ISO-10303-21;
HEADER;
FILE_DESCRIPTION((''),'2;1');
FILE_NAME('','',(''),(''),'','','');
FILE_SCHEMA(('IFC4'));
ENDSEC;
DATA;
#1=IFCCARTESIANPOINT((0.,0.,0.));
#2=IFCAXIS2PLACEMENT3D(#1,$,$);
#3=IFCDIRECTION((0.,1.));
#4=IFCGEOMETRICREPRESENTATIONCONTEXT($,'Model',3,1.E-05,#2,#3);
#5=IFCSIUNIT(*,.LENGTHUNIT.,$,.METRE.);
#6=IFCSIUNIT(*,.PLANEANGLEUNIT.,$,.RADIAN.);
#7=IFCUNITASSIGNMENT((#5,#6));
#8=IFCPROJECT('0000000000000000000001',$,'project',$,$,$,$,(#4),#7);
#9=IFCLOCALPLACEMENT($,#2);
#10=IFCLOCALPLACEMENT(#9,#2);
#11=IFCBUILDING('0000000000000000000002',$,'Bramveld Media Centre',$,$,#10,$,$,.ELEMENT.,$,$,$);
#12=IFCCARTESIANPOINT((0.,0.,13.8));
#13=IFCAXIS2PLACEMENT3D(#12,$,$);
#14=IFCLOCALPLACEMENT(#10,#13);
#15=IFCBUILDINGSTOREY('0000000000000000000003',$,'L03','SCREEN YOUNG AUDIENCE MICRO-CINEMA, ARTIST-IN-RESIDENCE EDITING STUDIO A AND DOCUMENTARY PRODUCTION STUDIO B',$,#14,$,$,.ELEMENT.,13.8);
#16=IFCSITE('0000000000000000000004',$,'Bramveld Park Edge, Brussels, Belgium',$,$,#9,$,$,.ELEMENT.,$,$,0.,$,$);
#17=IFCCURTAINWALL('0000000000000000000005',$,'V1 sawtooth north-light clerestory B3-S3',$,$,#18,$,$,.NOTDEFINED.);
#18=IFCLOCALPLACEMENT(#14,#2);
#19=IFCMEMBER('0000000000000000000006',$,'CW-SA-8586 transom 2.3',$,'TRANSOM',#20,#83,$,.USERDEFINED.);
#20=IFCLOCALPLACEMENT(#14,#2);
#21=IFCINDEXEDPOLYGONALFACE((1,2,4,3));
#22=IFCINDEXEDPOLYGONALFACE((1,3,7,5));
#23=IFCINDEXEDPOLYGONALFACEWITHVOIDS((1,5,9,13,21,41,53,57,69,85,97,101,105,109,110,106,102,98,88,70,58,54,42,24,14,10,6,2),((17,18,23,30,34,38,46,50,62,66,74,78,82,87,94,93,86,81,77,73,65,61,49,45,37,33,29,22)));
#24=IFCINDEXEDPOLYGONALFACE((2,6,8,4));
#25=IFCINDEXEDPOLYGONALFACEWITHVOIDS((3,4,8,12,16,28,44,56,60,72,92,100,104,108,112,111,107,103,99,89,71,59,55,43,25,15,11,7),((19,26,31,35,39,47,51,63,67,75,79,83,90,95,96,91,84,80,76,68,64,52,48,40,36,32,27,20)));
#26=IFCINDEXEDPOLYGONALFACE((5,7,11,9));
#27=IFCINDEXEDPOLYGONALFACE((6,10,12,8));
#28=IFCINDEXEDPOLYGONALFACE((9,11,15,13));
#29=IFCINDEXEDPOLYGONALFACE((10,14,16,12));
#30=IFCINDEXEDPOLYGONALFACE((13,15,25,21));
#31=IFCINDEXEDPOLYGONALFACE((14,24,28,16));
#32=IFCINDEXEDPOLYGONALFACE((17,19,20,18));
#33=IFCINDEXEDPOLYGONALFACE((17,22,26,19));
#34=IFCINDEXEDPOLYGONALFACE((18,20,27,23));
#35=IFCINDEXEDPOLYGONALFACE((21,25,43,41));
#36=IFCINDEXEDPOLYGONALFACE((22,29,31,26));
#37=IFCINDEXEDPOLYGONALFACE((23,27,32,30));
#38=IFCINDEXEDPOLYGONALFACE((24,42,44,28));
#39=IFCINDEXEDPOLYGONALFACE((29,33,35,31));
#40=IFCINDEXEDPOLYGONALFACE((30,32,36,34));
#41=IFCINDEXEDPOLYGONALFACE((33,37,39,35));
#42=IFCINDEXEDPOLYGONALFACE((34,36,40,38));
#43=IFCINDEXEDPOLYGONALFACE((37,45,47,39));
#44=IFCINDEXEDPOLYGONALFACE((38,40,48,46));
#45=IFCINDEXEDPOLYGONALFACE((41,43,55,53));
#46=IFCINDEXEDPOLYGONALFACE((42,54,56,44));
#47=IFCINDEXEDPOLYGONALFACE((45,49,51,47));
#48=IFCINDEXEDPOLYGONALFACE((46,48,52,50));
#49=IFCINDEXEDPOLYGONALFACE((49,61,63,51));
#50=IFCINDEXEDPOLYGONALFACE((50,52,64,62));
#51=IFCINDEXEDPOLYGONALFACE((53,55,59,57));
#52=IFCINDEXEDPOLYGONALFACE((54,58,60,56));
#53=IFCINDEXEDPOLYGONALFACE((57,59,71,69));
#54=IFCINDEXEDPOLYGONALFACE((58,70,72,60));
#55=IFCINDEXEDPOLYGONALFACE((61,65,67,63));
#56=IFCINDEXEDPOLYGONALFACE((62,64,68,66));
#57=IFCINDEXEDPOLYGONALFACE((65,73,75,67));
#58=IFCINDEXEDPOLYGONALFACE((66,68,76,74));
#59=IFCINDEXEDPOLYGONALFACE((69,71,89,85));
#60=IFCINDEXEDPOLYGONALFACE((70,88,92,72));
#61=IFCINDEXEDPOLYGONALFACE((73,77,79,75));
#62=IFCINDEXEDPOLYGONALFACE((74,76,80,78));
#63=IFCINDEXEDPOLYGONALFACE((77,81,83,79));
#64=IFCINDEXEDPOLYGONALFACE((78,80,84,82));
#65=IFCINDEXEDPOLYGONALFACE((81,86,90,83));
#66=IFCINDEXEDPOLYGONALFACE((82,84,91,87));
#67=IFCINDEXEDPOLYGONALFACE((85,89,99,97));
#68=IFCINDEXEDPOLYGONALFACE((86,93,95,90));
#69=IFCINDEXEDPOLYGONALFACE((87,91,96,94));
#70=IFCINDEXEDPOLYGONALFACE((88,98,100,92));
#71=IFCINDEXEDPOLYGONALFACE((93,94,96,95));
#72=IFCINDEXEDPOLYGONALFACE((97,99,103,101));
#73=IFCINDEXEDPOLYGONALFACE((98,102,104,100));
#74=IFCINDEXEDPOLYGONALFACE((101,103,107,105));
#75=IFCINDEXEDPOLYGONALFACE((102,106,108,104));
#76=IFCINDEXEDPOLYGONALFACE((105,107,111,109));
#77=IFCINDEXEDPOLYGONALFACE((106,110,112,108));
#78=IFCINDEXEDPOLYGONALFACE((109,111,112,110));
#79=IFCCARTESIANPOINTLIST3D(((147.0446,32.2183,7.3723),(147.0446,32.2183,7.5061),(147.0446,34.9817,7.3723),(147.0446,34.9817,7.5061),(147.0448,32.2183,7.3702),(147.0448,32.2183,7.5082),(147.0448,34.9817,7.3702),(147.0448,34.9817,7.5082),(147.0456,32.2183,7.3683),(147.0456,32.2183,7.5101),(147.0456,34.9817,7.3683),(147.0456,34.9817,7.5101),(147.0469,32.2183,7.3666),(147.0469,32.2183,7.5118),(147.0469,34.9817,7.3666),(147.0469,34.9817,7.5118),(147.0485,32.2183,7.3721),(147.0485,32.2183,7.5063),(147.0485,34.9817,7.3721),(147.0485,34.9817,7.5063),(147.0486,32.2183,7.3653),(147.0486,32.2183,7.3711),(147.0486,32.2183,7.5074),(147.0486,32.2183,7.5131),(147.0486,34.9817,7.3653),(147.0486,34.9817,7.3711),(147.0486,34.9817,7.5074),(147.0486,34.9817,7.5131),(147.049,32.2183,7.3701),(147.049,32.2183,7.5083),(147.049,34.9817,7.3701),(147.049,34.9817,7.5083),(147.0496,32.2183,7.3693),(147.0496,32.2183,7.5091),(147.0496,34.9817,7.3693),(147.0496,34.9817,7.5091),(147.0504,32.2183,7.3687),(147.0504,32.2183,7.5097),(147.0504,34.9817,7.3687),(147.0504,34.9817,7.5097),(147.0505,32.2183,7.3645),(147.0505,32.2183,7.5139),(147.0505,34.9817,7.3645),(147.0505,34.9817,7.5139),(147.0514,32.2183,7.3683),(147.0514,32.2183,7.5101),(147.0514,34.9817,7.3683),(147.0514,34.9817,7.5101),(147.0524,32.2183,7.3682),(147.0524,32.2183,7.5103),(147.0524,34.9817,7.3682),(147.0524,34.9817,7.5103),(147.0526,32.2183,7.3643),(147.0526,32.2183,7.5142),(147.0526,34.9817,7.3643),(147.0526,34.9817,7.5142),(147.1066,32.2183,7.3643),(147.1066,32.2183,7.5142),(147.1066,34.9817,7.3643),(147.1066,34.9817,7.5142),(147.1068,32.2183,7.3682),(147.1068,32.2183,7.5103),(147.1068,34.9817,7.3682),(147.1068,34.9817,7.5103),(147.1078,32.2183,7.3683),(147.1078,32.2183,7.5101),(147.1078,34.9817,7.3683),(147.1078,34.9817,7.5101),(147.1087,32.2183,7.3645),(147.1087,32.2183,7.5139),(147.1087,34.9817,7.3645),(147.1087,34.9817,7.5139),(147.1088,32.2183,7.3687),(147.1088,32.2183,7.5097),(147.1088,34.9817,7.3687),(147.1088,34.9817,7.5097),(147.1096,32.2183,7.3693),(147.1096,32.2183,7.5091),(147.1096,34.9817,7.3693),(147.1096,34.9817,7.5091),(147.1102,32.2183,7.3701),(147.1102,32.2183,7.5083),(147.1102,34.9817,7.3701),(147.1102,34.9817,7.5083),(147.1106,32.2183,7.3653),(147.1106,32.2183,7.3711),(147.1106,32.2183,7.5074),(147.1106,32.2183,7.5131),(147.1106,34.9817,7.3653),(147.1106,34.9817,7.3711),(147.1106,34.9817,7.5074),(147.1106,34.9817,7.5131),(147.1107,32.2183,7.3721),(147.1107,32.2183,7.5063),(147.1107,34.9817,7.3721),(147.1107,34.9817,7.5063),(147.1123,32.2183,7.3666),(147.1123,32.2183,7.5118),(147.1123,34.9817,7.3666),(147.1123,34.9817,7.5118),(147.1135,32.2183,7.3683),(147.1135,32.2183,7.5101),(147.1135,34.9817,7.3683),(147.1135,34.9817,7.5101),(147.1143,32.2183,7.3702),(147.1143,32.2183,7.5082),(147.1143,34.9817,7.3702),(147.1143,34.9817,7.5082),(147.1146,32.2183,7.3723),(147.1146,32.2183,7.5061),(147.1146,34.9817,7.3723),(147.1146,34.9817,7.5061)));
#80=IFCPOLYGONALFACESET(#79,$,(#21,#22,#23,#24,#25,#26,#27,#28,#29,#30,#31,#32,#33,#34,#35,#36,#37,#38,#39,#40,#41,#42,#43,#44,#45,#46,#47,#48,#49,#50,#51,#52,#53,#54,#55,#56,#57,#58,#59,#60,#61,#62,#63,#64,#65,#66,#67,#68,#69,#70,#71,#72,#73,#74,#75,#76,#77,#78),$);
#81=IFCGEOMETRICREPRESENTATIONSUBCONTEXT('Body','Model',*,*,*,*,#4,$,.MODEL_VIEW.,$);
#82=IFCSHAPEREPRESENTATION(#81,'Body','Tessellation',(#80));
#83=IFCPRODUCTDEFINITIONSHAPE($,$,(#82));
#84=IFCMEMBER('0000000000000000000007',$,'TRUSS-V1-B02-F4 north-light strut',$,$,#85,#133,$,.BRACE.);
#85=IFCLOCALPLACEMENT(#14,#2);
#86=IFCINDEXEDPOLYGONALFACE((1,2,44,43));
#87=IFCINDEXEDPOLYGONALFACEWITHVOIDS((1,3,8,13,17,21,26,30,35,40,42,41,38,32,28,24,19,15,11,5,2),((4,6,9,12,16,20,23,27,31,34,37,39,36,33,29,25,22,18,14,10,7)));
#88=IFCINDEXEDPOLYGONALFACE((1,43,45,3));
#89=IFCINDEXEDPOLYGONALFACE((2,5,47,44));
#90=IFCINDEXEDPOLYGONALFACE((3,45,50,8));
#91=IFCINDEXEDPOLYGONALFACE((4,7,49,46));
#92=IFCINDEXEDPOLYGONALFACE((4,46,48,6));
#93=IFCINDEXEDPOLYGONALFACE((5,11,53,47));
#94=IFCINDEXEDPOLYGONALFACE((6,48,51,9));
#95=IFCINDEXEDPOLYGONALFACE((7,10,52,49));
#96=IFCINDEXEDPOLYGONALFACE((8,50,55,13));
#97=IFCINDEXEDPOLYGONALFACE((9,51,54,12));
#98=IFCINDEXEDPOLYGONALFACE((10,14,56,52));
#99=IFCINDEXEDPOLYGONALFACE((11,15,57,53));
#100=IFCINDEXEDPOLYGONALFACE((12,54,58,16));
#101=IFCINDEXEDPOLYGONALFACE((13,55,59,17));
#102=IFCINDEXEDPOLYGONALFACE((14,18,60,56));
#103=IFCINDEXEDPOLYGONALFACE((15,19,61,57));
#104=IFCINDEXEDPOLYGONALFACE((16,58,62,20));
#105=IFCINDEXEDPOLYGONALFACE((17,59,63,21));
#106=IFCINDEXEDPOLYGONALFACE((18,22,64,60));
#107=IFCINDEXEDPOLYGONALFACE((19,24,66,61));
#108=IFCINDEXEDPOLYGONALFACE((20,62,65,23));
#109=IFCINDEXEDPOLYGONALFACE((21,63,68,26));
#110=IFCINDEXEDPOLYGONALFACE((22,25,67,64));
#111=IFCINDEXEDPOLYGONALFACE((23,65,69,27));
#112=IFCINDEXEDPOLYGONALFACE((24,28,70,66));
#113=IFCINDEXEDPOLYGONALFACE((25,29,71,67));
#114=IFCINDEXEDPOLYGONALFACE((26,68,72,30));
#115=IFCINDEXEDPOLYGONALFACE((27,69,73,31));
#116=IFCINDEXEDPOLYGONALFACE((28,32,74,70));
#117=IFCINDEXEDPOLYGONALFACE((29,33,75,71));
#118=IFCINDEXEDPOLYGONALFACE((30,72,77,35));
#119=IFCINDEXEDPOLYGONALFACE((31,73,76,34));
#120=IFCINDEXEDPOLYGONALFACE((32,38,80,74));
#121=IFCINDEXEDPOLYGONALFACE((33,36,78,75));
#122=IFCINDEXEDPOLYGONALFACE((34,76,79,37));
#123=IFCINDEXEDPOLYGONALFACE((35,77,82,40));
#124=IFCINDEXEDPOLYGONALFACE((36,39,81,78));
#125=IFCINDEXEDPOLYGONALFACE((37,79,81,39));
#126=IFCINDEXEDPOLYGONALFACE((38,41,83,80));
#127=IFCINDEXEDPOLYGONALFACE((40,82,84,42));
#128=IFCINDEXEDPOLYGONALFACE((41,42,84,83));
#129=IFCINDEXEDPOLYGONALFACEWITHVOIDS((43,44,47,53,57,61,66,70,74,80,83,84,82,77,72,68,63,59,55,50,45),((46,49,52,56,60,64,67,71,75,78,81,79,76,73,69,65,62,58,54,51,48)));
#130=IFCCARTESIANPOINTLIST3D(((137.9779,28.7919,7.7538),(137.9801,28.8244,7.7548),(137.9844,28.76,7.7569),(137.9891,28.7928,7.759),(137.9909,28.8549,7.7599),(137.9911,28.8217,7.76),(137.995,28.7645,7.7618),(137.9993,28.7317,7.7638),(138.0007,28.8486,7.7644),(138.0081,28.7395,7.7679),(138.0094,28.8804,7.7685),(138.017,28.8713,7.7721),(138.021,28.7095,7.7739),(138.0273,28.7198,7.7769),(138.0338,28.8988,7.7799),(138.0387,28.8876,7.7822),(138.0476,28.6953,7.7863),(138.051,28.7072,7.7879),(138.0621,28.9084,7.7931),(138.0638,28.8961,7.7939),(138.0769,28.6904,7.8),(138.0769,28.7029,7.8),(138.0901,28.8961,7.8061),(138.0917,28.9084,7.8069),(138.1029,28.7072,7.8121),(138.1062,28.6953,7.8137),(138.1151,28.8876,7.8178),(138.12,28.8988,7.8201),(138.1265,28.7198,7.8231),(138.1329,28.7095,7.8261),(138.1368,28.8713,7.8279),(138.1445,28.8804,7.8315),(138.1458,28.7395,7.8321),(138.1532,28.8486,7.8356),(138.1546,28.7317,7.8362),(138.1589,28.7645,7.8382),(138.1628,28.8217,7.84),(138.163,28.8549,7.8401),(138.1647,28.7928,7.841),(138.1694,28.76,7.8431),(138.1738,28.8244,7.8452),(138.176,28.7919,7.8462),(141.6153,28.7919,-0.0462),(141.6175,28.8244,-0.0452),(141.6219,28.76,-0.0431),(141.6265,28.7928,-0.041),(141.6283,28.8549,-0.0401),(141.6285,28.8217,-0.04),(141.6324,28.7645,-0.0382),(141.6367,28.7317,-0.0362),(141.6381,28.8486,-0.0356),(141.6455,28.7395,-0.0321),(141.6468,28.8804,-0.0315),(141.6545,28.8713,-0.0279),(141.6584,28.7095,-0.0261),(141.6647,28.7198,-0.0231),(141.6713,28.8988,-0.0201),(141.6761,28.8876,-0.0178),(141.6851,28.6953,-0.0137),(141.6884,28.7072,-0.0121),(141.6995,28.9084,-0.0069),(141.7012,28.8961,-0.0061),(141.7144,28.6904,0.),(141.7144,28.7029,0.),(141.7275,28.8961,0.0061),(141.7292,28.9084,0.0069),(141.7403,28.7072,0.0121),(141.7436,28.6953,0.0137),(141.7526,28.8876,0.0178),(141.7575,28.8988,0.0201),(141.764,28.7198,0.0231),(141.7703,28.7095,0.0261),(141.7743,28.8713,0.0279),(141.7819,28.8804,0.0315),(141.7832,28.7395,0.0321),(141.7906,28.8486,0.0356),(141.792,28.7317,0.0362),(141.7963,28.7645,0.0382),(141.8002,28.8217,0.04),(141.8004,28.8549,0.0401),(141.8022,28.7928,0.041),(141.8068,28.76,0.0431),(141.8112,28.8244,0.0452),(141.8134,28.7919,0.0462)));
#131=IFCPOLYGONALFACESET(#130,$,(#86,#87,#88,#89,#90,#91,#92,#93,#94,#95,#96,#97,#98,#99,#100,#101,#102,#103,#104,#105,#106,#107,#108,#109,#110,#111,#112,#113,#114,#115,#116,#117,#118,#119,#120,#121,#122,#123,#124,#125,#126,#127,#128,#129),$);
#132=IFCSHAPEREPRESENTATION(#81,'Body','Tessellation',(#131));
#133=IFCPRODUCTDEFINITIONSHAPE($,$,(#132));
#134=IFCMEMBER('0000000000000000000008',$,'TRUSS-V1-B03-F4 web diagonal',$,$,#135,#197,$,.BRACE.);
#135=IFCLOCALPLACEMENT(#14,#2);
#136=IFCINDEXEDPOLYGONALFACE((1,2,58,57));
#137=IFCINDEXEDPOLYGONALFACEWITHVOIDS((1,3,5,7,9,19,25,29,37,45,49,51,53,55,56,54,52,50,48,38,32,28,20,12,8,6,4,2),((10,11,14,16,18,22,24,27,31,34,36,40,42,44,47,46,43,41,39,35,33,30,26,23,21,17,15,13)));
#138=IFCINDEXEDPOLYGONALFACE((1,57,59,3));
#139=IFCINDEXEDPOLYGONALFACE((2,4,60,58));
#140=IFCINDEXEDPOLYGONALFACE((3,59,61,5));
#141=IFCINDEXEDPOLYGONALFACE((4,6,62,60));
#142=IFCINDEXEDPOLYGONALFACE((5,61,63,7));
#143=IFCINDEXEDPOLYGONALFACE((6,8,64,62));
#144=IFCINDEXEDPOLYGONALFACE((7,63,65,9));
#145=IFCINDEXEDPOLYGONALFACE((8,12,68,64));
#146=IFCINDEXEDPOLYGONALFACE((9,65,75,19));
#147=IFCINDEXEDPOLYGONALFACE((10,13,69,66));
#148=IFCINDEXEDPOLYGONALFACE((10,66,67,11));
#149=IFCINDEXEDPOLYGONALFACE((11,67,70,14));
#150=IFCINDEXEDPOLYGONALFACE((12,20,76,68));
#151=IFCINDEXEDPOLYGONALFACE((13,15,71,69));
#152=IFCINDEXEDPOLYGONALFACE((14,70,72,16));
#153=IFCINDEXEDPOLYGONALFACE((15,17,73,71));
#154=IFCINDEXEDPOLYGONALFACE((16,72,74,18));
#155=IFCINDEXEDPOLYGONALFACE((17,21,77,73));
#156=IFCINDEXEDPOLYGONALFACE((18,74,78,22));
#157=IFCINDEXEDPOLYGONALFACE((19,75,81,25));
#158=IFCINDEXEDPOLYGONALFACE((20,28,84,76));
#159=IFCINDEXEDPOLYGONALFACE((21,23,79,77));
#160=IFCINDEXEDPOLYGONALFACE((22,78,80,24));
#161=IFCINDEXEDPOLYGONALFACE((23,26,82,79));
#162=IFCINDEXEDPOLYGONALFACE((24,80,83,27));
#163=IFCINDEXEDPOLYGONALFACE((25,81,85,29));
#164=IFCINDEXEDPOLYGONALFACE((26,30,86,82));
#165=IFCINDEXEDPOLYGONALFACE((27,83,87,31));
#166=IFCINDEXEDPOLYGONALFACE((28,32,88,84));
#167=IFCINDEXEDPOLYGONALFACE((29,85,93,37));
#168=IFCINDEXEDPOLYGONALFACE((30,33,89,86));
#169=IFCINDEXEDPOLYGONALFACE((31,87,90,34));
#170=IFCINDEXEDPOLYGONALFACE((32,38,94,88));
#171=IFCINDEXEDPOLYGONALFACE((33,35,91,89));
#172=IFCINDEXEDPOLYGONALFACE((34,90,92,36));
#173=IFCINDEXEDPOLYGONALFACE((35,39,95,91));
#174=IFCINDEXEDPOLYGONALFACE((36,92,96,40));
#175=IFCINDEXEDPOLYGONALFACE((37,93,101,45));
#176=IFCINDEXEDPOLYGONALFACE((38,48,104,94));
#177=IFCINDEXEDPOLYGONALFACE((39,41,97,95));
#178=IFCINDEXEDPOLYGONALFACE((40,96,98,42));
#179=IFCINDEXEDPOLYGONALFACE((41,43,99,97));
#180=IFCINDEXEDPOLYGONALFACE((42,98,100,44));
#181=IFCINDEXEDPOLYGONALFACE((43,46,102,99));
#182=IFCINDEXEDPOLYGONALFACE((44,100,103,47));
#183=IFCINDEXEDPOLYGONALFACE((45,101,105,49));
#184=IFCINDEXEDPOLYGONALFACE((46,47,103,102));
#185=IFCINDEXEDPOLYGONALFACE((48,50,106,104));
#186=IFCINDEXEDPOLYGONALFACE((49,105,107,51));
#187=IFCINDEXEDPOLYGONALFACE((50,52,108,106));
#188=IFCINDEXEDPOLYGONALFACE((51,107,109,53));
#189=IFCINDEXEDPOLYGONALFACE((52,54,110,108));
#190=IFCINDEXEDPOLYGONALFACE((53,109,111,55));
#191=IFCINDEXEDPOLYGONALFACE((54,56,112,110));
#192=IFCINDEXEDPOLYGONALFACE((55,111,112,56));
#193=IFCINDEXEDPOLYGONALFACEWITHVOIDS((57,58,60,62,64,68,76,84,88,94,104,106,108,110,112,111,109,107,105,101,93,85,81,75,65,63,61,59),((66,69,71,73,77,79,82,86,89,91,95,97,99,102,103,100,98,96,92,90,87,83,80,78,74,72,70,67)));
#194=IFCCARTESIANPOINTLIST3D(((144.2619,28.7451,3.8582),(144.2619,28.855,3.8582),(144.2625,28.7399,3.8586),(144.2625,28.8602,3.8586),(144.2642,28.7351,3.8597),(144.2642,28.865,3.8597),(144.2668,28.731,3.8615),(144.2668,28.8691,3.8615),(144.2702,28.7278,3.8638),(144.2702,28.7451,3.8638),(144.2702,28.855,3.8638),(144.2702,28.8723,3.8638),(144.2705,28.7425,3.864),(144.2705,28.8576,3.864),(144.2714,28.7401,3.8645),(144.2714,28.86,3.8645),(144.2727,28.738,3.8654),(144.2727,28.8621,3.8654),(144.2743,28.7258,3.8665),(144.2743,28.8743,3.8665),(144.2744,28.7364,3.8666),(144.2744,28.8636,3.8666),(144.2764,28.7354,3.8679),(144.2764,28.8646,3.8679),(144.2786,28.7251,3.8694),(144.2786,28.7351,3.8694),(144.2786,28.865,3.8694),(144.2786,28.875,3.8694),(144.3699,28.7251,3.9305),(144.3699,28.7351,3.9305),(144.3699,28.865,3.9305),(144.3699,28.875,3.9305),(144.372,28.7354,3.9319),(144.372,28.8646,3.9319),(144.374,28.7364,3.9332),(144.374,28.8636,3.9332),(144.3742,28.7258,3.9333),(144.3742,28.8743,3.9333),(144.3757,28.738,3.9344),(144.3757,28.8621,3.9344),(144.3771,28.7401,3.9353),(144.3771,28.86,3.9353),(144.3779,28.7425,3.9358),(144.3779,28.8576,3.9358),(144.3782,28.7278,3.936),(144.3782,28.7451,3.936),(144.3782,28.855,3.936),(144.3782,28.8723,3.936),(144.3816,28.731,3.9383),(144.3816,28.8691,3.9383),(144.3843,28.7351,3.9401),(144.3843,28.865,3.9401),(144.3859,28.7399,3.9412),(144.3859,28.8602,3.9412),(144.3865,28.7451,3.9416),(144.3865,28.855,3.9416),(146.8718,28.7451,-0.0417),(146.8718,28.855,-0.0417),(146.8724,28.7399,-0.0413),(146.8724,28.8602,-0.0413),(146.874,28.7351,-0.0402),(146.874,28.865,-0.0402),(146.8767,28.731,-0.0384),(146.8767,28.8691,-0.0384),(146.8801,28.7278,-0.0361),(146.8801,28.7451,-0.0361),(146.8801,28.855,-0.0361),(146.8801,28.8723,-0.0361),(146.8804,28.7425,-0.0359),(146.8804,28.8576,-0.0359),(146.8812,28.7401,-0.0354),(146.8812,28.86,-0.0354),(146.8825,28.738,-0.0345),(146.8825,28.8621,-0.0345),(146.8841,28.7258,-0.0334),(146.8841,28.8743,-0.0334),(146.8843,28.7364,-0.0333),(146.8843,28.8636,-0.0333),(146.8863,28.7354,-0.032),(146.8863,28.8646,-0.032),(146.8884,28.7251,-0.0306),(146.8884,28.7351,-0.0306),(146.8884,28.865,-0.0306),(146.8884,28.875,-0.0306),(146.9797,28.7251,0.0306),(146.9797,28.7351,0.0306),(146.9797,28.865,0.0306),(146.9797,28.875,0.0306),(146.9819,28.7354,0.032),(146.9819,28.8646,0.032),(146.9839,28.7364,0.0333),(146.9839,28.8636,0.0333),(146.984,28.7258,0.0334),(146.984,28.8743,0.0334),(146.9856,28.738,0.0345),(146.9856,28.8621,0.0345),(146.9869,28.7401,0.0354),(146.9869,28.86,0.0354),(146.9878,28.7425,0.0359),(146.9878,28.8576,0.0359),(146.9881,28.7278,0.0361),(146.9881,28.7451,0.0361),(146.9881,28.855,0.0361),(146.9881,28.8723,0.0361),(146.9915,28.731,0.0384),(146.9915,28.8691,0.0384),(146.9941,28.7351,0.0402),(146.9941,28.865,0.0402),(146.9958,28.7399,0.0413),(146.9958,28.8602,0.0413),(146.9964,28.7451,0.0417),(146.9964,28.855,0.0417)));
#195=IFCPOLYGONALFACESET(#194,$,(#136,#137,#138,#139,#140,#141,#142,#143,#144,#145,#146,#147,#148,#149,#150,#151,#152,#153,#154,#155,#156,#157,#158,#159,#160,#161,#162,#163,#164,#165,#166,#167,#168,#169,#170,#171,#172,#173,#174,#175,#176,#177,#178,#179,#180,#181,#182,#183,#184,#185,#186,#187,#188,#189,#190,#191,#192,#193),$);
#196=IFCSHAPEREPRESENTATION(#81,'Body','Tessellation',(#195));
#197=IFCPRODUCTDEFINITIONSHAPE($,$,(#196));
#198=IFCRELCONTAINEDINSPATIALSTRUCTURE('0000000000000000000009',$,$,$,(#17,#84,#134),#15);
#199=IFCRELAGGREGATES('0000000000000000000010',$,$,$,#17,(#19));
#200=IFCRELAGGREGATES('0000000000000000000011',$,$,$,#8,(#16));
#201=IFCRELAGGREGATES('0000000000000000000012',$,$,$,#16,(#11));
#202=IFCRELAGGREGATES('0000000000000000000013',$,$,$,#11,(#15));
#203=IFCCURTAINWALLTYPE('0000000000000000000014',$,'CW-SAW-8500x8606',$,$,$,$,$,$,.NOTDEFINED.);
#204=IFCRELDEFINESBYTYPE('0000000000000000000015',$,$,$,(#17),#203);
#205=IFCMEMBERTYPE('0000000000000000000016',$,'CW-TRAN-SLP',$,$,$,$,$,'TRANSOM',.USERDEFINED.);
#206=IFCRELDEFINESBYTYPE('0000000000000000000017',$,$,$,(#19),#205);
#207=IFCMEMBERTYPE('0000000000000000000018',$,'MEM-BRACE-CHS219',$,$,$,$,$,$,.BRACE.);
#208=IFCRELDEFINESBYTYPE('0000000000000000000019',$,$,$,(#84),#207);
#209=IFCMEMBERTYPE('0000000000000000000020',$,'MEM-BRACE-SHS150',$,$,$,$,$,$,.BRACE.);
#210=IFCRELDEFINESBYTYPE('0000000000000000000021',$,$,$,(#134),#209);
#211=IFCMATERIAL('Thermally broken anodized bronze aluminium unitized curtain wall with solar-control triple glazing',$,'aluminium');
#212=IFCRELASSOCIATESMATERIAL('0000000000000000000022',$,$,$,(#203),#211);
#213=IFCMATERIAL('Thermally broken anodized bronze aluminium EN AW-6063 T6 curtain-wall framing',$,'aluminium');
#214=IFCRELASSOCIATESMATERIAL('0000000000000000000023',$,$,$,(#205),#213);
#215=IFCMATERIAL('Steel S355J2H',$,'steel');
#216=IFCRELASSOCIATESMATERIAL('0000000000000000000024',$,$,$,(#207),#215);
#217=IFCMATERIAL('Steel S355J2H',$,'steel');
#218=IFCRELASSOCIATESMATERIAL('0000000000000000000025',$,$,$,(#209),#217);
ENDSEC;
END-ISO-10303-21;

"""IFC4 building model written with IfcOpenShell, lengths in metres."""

from ifc_helpers import new_model, si_unit, direction, frame, origin, origin_2d, place, context, subcontext, project, spatial, hollow_rectangle, hollow_circle, extrude, material, material_profile, profile_set, type_object, element, aggregate, save


model = new_model("IFC4")

# Units and contexts
model_context = context("Model", 3, precision=1e-05, world=origin(), true_north=direction((0.0, 1.0)))
body_context = subcontext(model_context, "Body", "Model", "MODEL_VIEW")
ifc_project = project(units=[si_unit("LENGTHUNIT", "METRE"), si_unit("PLANEANGLEUNIT", "RADIAN")], contexts=[model_context])

# Site, building, storey
site_placement = place(None, origin())
site = spatial("IfcSite", under=ifc_project, at=site_placement, Name="Bramveld Park Edge, Brussels, Belgium", CompositionType="ELEMENT", RefElevation=0.0)
building_placement = place(site_placement, origin())
building = spatial("IfcBuilding", under=site, at=building_placement, Name="Bramveld Media Centre", CompositionType="ELEMENT")
storey_placement = place(building_placement, frame((0.0, 0.0, 13.8)))
storey = spatial("IfcBuildingStorey", under=building, at=storey_placement, Name="L03", Description="SCREEN YOUNG AUDIENCE MICRO-CINEMA, ARTIST-IN-RESIDENCE EDITING STUDIO A AND DOCUMENTARY PRODUCTION STUDIO B", CompositionType="ELEMENT", Elevation=13.8)

# Shared definitions
ifc_material_1 = material(Name="Thermally broken anodized bronze aluminium unitized curtain wall with solar-control triple glazing", Category="aluminium")
curtain_wall_type_1 = type_object("IfcCurtainWallType", Name="CW-SAW-8500x8606", PredefinedType="NOTDEFINED", material=ifc_material_1)

# Shared definitions
ifc_material_2 = material(Name="Thermally broken anodized bronze aluminium EN AW-6063 T6 curtain-wall framing", Category="aluminium")
ifc_material_profile_1 = material_profile(ifc_material_2, hollow_rectangle(XDim=0.0701, YDim=0.1499, WallThickness=0.0039, InnerFilletRadius=0.0039, OuterFilletRadius=0.0081, at=origin_2d()), Name="AL-TRAN 70x150")
ifc_profile_set_1 = profile_set([ifc_material_profile_1], Name="Thermally broken anodized bronze aluminium EN AW-6063 T6 curtain-wall framing")
member_type_1 = type_object("IfcMemberType", Name="CW-TRAN-SLP", ElementType="TRANSOM", PredefinedType="USERDEFINED", material=ifc_profile_set_1)

# Curtain wall, member
curtain_wall_1_placement = place(storey_placement, origin())
curtain_wall_1 = element("IfcCurtainWall", 1, at=curtain_wall_1_placement, inside=storey, type_object=curtain_wall_type_1, Name="V1 sawtooth north-light clerestory B3-S3", PredefinedType="NOTDEFINED")
member_1_placement = place(storey_placement, frame((147.0796, 32.2183, 7.4392), z_axis=(0.0, 1.0, 0.0), x_axis=(-1.0, 0.0, 0.0)))
member_1 = element("IfcMember", 2, at=member_1_placement, type_object=member_type_1, Name="CW-SA-8586 transom 2.3", ObjectType="TRANSOM", PredefinedType="USERDEFINED", context=body_context, shape_type="SweptSolid", body=[
    extrude(hollow_rectangle(XDim=0.0701, YDim=0.1499, WallThickness=0.0039, InnerFilletRadius=0.0039, OuterFilletRadius=0.0081, at=origin_2d()), origin(), (0.0, 0.0, 1.0), 2.7634),
])

# Members
ifc_material_3 = material(Name="Steel S355J2H", Category="steel")
ifc_material_profile_2 = material_profile(ifc_material_3, hollow_circle(Radius=0.1096, WallThickness=0.0125, at=origin_2d()), Name="CHS 219.1x12.5")
ifc_profile_set_2 = profile_set([ifc_material_profile_2], Name="Steel S355J2H")
member_type_2 = type_object("IfcMemberType", Name="MEM-BRACE-CHS219", PredefinedType="BRACE", material=ifc_profile_set_2)
member_2_placement = place(storey_placement, frame((141.7144, 28.8, 0.0), z_axis=(-0.42264, 0.0, 0.906298), x_axis=(0.0, -1.0, 0.0)))
element("IfcMember", 3, at=member_2_placement, inside=storey, type_object=member_type_2, Name="TRUSS-V1-B02-F4 north-light strut", PredefinedType="BRACE", context=body_context, shape_type="SweptSolid", body=[
    extrude(hollow_circle(Radius=0.1096, WallThickness=0.0125, at=origin_2d()), origin(), (0.0, 0.0, 1.0), 8.6064),
])
ifc_material_4 = material(Name="Steel S355J2H", Category="steel")
ifc_material_profile_3 = material_profile(ifc_material_4, hollow_rectangle(XDim=0.1499, YDim=0.1499, WallThickness=0.01, InnerFilletRadius=0.01, OuterFilletRadius=0.02, at=origin_2d()), Name="SHS 150x150x10")
ifc_profile_set_3 = profile_set([ifc_material_profile_3], Name="Steel S355J2H")
member_type_3 = type_object("IfcMemberType", Name="MEM-BRACE-SHS150", PredefinedType="BRACE", material=ifc_profile_set_3)
member_3_placement = place(storey_placement, frame((146.9341, 28.8, 0.0), z_axis=(-0.556164, 0.0, 0.831073), x_axis=(0.0, -1.0, 0.0)))
element("IfcMember", 4, at=member_3_placement, inside=storey, type_object=member_type_3, Name="TRUSS-V1-B03-F4 web diagonal", PredefinedType="BRACE", context=body_context, shape_type="SweptSolid", body=[
    extrude(hollow_rectangle(XDim=0.1499, YDim=0.1499, WallThickness=0.01, InnerFilletRadius=0.01, OuterFilletRadius=0.02, at=origin_2d()), origin(), (0.0, 0.0, 1.0), 4.6926),
])

aggregate(curtain_wall_1, [member_1])

save(model, "model.ifc")
